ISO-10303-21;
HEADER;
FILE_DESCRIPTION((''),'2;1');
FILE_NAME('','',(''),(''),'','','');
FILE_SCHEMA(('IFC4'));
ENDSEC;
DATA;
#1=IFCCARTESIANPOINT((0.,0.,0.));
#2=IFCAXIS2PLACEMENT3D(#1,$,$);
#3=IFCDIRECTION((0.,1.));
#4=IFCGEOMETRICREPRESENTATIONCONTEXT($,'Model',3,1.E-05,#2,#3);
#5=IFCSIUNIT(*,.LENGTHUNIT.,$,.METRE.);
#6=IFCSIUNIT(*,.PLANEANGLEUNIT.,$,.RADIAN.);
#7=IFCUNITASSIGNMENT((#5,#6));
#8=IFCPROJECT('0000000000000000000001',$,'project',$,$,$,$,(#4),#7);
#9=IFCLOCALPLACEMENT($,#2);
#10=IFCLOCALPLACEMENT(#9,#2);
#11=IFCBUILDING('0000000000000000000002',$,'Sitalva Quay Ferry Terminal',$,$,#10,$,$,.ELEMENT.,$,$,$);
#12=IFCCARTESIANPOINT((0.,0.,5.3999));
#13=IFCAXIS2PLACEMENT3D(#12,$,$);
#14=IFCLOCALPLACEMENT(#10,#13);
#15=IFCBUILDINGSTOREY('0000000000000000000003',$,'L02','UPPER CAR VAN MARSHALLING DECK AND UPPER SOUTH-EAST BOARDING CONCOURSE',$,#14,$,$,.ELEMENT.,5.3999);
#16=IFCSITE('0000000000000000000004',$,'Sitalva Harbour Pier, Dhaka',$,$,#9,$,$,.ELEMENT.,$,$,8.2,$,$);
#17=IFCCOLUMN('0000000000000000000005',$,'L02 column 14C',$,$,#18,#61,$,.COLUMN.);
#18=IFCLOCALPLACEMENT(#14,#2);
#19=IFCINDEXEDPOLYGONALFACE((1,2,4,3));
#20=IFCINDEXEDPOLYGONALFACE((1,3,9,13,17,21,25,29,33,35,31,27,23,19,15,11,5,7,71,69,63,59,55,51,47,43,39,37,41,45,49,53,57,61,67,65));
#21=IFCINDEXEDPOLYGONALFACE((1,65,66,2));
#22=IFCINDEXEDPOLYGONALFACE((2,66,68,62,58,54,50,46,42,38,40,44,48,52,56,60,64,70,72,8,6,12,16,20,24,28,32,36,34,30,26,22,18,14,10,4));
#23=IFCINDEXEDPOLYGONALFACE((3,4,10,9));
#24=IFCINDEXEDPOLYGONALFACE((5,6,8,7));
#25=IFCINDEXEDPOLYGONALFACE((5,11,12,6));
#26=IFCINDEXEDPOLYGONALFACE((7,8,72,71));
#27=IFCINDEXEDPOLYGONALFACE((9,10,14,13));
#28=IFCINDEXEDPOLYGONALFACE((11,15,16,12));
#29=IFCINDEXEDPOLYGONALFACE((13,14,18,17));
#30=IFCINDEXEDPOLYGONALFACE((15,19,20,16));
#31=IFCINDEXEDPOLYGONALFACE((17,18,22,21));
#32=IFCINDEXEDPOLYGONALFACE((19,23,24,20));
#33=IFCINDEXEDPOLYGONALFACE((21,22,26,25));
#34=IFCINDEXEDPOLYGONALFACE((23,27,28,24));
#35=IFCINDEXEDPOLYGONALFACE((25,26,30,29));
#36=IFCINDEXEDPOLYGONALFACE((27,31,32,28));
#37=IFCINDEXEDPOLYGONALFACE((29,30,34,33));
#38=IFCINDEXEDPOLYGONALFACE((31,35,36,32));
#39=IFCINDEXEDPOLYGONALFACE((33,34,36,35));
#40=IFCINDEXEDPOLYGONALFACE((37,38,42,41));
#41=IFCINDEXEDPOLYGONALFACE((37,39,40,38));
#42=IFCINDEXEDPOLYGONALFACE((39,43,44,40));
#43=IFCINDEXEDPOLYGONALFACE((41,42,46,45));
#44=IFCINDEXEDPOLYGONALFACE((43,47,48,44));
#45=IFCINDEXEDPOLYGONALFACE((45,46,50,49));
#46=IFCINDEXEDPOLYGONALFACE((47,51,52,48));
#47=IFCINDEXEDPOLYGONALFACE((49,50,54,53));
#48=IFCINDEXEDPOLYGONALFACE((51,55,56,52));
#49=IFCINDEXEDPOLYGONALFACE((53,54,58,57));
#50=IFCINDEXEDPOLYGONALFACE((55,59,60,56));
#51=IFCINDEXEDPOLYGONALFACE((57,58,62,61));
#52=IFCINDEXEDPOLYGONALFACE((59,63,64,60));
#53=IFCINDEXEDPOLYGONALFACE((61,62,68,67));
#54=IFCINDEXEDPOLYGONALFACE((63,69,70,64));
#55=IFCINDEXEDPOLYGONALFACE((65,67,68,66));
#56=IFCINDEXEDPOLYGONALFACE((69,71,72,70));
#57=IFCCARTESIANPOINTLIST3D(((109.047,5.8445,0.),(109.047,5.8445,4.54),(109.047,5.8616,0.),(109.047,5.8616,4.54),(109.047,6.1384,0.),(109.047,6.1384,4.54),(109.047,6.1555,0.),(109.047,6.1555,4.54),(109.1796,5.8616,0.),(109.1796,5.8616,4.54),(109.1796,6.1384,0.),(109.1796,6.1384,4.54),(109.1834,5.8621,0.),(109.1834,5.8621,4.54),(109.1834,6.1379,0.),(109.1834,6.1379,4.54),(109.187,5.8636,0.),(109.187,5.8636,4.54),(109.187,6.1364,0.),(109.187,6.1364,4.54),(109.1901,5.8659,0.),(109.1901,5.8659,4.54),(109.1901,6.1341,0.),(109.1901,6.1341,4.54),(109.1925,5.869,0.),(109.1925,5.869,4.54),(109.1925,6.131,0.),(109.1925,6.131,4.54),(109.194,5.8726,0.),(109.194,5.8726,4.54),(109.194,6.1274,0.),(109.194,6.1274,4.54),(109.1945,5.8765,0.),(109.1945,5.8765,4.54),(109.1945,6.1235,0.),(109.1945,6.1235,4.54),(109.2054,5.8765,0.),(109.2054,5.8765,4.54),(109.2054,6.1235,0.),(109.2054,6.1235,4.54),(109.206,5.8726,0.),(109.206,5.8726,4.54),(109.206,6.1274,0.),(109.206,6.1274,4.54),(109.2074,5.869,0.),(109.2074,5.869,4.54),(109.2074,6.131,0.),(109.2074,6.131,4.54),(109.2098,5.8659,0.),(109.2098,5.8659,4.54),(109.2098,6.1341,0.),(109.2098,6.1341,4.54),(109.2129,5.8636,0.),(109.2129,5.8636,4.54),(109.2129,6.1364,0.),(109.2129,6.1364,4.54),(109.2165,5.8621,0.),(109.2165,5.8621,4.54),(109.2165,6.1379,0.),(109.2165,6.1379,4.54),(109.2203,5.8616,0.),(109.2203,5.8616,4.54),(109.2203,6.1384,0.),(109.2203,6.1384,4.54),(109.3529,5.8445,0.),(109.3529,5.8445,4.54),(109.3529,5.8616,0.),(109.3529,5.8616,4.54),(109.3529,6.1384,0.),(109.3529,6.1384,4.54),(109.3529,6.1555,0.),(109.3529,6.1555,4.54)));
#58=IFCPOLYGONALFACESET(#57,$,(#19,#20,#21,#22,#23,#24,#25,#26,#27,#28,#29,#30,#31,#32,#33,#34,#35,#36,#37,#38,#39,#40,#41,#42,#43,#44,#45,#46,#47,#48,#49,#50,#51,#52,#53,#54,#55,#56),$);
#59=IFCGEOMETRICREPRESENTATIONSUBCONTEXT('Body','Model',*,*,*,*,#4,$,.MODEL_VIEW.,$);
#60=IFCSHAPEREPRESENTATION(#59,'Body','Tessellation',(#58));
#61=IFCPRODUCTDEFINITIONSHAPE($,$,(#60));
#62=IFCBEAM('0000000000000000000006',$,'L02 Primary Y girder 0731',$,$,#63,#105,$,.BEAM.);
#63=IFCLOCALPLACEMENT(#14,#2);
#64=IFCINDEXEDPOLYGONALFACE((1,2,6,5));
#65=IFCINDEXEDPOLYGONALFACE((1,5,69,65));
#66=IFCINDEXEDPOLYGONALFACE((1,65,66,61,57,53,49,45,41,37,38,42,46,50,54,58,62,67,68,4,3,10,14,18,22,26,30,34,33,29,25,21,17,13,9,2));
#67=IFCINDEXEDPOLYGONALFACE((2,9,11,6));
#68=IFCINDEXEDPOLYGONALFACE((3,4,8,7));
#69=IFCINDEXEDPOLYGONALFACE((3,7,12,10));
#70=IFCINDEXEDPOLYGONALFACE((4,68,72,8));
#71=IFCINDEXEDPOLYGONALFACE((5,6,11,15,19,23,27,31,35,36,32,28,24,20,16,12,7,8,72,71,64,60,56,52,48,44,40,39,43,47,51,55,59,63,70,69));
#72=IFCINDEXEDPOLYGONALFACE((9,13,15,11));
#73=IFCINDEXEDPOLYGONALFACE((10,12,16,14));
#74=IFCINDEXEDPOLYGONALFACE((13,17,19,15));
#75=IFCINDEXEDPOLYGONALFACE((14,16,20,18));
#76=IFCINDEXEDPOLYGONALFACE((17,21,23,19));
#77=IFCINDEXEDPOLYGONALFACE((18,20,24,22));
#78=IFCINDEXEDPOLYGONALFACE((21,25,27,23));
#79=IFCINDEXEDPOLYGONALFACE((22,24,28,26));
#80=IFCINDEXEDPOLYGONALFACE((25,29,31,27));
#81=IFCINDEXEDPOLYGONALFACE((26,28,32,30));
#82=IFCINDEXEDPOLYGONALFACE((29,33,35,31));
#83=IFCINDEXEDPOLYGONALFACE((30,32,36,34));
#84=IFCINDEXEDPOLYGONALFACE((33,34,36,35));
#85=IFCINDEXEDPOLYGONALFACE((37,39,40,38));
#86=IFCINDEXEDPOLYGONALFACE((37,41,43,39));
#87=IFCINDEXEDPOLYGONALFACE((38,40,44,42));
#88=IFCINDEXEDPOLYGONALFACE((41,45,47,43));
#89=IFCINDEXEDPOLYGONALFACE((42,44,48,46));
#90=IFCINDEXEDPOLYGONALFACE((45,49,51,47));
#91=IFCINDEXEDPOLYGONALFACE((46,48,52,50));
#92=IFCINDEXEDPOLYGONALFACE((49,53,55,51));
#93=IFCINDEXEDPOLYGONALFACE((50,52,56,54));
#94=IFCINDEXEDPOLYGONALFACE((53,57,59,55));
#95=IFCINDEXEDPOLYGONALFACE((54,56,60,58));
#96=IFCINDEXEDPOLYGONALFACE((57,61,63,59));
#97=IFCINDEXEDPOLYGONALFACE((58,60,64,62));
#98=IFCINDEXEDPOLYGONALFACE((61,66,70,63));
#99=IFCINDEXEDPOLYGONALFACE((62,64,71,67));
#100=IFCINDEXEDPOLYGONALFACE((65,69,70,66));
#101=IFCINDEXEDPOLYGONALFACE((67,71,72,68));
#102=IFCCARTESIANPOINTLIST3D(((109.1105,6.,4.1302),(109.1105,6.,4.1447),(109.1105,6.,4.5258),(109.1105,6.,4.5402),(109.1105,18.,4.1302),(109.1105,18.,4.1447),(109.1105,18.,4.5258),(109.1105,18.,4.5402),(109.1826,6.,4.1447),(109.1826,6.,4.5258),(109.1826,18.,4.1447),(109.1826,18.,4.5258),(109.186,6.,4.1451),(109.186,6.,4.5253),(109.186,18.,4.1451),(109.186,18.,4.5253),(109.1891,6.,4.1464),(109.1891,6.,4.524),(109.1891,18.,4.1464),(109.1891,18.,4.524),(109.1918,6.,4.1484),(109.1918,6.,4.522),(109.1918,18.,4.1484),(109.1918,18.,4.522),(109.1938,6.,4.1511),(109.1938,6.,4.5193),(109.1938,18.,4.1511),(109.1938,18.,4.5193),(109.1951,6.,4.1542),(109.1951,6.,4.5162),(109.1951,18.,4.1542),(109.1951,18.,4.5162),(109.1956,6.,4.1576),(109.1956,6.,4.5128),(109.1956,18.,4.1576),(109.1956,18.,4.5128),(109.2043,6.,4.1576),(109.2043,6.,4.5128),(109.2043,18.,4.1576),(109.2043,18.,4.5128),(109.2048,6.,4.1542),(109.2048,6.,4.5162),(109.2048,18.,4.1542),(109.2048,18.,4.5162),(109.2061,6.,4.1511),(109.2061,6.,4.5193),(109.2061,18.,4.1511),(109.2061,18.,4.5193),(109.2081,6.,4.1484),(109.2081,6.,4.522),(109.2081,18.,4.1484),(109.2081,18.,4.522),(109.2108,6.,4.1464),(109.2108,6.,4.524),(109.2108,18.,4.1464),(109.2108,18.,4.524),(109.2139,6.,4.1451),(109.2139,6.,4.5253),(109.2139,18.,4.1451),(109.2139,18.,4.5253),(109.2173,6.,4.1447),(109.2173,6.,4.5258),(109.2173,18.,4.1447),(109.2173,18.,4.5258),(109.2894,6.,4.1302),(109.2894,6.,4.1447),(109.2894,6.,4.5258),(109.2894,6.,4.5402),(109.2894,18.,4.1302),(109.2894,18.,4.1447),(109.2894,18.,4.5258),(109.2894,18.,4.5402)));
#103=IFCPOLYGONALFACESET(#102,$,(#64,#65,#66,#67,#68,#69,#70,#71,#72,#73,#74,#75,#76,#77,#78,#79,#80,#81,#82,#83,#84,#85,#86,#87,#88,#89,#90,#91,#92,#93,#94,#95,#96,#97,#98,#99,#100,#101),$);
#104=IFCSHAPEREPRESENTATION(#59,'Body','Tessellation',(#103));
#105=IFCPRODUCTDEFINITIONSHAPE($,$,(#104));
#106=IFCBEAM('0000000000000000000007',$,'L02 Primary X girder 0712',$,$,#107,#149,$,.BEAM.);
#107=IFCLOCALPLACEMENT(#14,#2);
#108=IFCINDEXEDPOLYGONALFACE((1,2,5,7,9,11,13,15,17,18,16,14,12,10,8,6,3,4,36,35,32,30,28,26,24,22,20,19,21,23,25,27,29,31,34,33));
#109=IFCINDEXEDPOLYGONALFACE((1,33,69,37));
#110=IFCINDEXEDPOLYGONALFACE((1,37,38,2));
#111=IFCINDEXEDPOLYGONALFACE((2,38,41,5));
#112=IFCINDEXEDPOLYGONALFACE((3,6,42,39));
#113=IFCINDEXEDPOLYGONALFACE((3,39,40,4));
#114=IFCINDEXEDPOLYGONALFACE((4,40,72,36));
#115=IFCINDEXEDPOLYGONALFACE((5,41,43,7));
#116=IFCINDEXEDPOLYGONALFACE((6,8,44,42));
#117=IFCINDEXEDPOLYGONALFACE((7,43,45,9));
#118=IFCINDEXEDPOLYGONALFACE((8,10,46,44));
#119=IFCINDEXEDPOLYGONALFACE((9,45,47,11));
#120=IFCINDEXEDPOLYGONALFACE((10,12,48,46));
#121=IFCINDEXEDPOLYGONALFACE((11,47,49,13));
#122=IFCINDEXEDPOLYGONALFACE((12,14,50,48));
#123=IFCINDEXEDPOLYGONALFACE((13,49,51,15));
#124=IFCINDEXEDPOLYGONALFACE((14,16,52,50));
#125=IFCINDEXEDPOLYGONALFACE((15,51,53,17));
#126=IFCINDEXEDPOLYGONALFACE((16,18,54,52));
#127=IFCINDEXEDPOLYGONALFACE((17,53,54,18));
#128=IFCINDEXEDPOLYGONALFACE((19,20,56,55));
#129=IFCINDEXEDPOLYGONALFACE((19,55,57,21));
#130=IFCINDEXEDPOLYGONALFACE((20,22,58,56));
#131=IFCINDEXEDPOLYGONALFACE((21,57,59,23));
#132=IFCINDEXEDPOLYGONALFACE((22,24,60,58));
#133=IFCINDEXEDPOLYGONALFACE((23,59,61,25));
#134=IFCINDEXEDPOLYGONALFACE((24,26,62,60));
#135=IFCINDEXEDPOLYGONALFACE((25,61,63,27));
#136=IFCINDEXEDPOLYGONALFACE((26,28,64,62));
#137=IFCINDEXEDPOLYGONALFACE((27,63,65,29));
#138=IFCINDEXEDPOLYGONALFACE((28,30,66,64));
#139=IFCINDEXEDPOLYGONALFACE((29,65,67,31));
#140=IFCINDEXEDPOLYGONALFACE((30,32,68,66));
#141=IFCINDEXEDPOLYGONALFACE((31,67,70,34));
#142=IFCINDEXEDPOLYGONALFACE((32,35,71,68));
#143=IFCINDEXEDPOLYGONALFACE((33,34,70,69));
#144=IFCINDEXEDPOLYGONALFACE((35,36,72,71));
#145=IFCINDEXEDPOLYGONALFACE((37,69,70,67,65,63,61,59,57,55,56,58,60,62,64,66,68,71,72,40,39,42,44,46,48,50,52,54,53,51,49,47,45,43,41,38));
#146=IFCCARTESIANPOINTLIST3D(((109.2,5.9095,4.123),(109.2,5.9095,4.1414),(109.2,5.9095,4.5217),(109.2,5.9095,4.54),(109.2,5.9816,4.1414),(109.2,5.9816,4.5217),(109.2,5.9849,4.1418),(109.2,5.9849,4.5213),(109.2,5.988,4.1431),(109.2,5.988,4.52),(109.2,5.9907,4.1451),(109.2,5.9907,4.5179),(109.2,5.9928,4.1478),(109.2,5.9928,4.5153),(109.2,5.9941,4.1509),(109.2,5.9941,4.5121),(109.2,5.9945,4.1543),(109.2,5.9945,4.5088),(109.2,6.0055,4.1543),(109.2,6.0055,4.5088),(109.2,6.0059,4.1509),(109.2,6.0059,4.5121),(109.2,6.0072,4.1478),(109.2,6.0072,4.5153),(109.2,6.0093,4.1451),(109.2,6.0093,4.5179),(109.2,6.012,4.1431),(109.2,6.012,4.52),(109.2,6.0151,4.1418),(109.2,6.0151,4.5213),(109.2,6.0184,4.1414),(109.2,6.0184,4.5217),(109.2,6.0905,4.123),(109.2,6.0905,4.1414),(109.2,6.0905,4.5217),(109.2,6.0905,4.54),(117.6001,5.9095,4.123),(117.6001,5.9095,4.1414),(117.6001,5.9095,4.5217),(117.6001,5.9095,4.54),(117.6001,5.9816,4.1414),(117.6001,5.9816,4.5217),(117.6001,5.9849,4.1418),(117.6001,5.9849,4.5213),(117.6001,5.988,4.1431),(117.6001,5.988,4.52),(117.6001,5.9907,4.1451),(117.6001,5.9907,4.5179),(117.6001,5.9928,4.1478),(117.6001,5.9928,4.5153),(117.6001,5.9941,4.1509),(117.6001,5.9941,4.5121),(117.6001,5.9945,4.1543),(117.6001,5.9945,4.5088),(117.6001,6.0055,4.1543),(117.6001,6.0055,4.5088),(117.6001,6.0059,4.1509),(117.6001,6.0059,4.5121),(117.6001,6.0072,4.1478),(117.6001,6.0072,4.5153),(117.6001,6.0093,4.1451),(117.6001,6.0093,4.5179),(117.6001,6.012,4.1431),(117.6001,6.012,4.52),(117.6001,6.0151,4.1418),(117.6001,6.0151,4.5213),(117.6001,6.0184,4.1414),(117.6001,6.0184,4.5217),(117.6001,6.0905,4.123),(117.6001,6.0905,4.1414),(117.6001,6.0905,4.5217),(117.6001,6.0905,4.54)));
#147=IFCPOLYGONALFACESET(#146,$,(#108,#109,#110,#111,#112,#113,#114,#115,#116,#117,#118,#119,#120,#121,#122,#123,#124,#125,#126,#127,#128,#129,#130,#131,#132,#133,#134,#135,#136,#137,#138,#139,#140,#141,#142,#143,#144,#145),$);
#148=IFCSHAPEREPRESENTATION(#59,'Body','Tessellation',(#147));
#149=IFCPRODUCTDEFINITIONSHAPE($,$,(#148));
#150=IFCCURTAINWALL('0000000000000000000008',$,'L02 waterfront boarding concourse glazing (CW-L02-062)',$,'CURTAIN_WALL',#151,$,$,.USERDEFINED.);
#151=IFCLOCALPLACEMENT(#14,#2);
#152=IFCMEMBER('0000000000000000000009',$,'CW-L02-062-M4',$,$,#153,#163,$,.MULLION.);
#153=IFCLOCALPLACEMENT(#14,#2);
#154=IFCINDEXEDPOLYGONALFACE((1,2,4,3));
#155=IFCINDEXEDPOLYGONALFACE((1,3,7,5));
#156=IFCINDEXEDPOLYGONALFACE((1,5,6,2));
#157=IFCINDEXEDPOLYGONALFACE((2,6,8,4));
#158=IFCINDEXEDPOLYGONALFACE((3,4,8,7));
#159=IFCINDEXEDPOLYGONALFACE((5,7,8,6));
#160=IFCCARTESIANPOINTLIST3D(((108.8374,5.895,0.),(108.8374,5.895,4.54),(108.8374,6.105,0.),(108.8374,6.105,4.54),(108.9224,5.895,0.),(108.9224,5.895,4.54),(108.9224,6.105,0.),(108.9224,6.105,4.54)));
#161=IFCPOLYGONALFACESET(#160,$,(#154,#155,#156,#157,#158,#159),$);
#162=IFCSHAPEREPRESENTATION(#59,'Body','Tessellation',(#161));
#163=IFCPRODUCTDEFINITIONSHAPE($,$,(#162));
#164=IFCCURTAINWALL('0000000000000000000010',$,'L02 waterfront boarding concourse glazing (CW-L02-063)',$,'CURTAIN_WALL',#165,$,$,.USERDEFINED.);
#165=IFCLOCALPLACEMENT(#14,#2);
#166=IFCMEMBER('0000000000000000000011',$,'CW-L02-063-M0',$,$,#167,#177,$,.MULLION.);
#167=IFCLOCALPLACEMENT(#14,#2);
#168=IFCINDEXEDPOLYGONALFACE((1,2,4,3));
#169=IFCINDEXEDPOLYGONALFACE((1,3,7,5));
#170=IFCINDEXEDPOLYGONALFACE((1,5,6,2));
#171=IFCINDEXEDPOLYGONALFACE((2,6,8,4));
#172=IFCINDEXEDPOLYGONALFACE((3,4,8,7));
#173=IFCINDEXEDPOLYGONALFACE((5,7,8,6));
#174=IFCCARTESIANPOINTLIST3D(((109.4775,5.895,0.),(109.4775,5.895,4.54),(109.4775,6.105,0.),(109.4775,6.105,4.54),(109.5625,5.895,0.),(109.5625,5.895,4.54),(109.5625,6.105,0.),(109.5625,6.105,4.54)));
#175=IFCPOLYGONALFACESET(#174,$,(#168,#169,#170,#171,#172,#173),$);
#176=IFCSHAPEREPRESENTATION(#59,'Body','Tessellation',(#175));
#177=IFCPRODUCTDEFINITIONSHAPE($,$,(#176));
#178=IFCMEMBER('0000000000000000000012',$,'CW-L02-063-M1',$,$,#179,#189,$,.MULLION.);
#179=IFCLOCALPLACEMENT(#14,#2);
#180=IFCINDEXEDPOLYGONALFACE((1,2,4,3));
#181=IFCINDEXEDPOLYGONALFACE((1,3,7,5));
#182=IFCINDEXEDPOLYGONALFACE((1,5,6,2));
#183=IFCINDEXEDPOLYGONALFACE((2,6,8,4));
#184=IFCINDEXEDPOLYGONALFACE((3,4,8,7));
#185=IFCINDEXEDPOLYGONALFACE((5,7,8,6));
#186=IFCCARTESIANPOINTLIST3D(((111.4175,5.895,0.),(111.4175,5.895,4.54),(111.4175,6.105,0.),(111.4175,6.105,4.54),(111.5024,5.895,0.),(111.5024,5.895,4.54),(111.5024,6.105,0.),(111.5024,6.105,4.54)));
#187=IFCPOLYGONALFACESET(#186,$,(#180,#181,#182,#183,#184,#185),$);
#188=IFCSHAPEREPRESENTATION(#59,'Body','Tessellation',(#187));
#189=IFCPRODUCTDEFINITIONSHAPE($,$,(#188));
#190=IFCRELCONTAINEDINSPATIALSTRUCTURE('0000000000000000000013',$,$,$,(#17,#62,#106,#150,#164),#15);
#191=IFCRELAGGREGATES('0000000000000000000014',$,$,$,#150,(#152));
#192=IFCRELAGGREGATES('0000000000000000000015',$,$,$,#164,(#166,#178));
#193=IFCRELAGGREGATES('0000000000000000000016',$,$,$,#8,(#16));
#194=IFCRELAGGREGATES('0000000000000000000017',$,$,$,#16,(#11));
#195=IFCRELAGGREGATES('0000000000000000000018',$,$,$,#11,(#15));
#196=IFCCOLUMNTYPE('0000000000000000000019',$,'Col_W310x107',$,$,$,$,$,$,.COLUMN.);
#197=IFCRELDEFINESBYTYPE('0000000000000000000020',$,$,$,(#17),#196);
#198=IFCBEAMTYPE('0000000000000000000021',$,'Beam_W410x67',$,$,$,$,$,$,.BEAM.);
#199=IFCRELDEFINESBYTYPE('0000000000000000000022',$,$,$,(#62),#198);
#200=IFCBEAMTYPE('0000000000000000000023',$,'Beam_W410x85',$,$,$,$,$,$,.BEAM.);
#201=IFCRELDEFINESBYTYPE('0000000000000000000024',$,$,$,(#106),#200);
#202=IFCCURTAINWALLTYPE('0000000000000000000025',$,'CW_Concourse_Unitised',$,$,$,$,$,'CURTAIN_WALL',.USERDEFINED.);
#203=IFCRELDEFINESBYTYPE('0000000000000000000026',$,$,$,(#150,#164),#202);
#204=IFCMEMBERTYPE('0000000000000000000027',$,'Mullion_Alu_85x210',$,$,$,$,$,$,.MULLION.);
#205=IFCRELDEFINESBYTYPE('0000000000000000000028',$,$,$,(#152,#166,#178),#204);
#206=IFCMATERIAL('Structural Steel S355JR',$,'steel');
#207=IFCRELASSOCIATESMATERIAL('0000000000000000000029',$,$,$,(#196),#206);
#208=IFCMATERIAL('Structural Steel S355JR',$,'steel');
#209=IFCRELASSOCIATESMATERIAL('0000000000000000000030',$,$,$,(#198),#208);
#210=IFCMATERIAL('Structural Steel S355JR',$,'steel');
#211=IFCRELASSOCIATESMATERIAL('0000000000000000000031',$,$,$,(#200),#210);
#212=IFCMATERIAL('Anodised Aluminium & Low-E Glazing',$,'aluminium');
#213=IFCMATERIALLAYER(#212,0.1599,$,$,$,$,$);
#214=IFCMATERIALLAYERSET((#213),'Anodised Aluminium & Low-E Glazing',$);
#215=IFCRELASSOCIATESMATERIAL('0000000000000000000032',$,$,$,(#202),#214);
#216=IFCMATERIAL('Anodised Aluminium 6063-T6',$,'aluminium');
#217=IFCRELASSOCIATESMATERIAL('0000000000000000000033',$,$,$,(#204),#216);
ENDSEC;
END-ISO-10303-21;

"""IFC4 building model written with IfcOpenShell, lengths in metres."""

from ifc_helpers import new_model, si_unit, direction, frame, origin, origin_2d, place, context, subcontext, project, spatial, rectangle, i_section, extrude, material, layer, layer_set, material_profile, profile_set, type_object, element, aggregate, save


model = new_model("IFC4")

# Units and contexts
model_context = context("Model", 3, precision=1e-05, world=origin(), true_north=direction((0.0, 1.0)))
body_context = subcontext(model_context, "Body", "Model", "MODEL_VIEW")
ifc_project = project(units=[si_unit("LENGTHUNIT", "METRE"), si_unit("PLANEANGLEUNIT", "RADIAN")], contexts=[model_context])

# Site, building, storey
site_placement = place(None, origin())
site = spatial("IfcSite", under=ifc_project, at=site_placement, Name="Sitalva Harbour Pier, Dhaka", CompositionType="ELEMENT", RefElevation=8.2)
building_placement = place(site_placement, origin())
building = spatial("IfcBuilding", under=site, at=building_placement, Name="Sitalva Quay Ferry Terminal", CompositionType="ELEMENT")
storey_placement = place(building_placement, frame((0.0, 0.0, 5.3999)))
storey = spatial("IfcBuildingStorey", under=building, at=storey_placement, Name="L02", Description="UPPER CAR VAN MARSHALLING DECK AND UPPER SOUTH-EAST BOARDING CONCOURSE", CompositionType="ELEMENT", Elevation=5.3999)

# Column
ifc_material_1 = material(Name="Structural Steel S355JR", Category="steel")
ifc_material_profile_1 = material_profile(ifc_material_1, i_section(OverallWidth=0.3059, OverallDepth=0.311, WebThickness=0.011, FlangeThickness=0.0171, FilletRadius=0.0149, at=origin_2d()), Name="W310x107")
ifc_profile_set_1 = profile_set([ifc_material_profile_1], Name="Structural Steel S355JR")
column_type = type_object("IfcColumnType", Name="Col_W310x107", PredefinedType="COLUMN", material=ifc_profile_set_1)
column_placement = place(storey_placement, frame((109.2, 6.0, 0.0), z_axis=(0.0, 0.0, 1.0), x_axis=(1.0, 0.0, 0.0)))
element("IfcColumn", 1, at=column_placement, inside=storey, type_object=column_type, Name="L02 column 14C", PredefinedType="COLUMN", context=body_context, shape_type="SweptSolid", body=[
    extrude(i_section(OverallWidth=0.3059, OverallDepth=0.311, WebThickness=0.011, FlangeThickness=0.0171, FilletRadius=0.0149, at=origin_2d()), origin(), (0.0, 0.0, 1.0), 4.54),
])

# Beams
ifc_material_2 = material(Name="Structural Steel S355JR", Category="steel")
ifc_material_profile_2 = material_profile(ifc_material_2, i_section(OverallWidth=0.179, OverallDepth=0.4099, WebThickness=0.0088, FlangeThickness=0.0144, FilletRadius=0.0129, at=origin_2d()), Name="W410x67")
ifc_profile_set_2 = profile_set([ifc_material_profile_2], Name="Structural Steel S355JR")
beam_type_1 = type_object("IfcBeamType", Name="Beam_W410x67", PredefinedType="BEAM", material=ifc_profile_set_2)
beam_1_placement = place(storey_placement, frame((109.2, 6.0, 4.3352), z_axis=(0.0, 1.0, 0.0), x_axis=(-1.0, 0.0, 0.0)))
element("IfcBeam", 2, at=beam_1_placement, inside=storey, type_object=beam_type_1, Name="L02 Primary Y girder 0731", PredefinedType="BEAM", context=body_context, shape_type="SweptSolid", body=[
    extrude(i_section(OverallWidth=0.179, OverallDepth=0.4099, WebThickness=0.0088, FlangeThickness=0.0144, FilletRadius=0.0129, at=origin_2d()), origin(), (0.0, 0.0, 1.0), 12.0),
])
ifc_material_3 = material(Name="Structural Steel S355JR", Category="steel")
ifc_material_profile_3 = material_profile(ifc_material_3, i_section(OverallWidth=0.1809, OverallDepth=0.417, WebThickness=0.011, FlangeThickness=0.0183, FilletRadius=0.0129, at=origin_2d()), Name="W410x85")
ifc_profile_set_3 = profile_set([ifc_material_profile_3], Name="Structural Steel S355JR")
beam_type_2 = type_object("IfcBeamType", Name="Beam_W410x85", PredefinedType="BEAM", material=ifc_profile_set_3)
beam_2_placement = place(storey_placement, frame((109.2, 6.0, 4.3315), z_axis=(1.0, 0.0, 0.0), x_axis=(0.0, 1.0, 0.0)))
element("IfcBeam", 3, at=beam_2_placement, inside=storey, type_object=beam_type_2, Name="L02 Primary X girder 0712", PredefinedType="BEAM", context=body_context, shape_type="SweptSolid", body=[
    extrude(i_section(OverallWidth=0.1809, OverallDepth=0.417, WebThickness=0.011, FlangeThickness=0.0183, FilletRadius=0.0129, at=origin_2d()), origin(), (0.0, 0.0, 1.0), 8.4001),
])

# Curtain wall, member
ifc_material_4 = material(Name="Anodised Aluminium & Low-E Glazing", Category="aluminium")
ifc_layer_1 = layer(ifc_material_4, 0.1599)
ifc_layer_set_1 = layer_set([ifc_layer_1], Name="Anodised Aluminium & Low-E Glazing")
curtain_wall_type = type_object("IfcCurtainWallType", Name="CW_Concourse_Unitised", ElementType="CURTAIN_WALL", PredefinedType="USERDEFINED", material=ifc_layer_set_1)
curtain_wall_1_placement = place(storey_placement, origin())
curtain_wall_1 = element("IfcCurtainWall", 4, at=curtain_wall_1_placement, inside=storey, type_object=curtain_wall_type, Name="L02 waterfront boarding concourse glazing (CW-L02-062)", ObjectType="CURTAIN_WALL", PredefinedType="USERDEFINED")
ifc_material_5 = material(Name="Anodised Aluminium 6063-T6", Category="aluminium")
ifc_material_profile_4 = material_profile(ifc_material_5, rectangle(XDim=0.085, YDim=0.21, at=origin_2d()), Name="ALU85x210")
ifc_profile_set_4 = profile_set([ifc_material_profile_4], Name="Anodised Aluminium 6063-T6")
member_type_1 = type_object("IfcMemberType", Name="Mullion_Alu_85x210", PredefinedType="MULLION", material=ifc_profile_set_4)
member_1_placement = place(storey_placement, frame((108.8799, 6.0, 0.0), z_axis=(0.0, 0.0, 1.0), x_axis=(1.0, 0.0, 0.0)))
member_1 = element("IfcMember", 5, at=member_1_placement, type_object=member_type_1, Name="CW-L02-062-M4", PredefinedType="MULLION", context=body_context, shape_type="SweptSolid", body=[
    extrude(rectangle(XDim=0.085, YDim=0.21, at=origin_2d()), origin(), (0.0, 0.0, 1.0), 4.54),
])

# Curtain wall, members
curtain_wall_2_placement = place(storey_placement, origin())
curtain_wall_2 = element("IfcCurtainWall", 6, at=curtain_wall_2_placement, inside=storey, type_object=curtain_wall_type, Name="L02 waterfront boarding concourse glazing (CW-L02-063)", ObjectType="CURTAIN_WALL", PredefinedType="USERDEFINED")
member_2_placement = place(storey_placement, frame((109.52, 6.0, 0.0), z_axis=(0.0, 0.0, 1.0), x_axis=(1.0, 0.0, 0.0)))
member_2 = element("IfcMember", 7, at=member_2_placement, type_object=member_type_1, Name="CW-L02-063-M0", PredefinedType="MULLION", context=body_context, shape_type="SweptSolid", body=[
    extrude(rectangle(XDim=0.085, YDim=0.21, at=origin_2d()), origin(), (0.0, 0.0, 1.0), 4.54),
])
member_3_placement = place(storey_placement, frame((111.46, 6.0, 0.0), z_axis=(0.0, 0.0, 1.0), x_axis=(1.0, 0.0, 0.0)))
member_3 = element("IfcMember", 8, at=member_3_placement, type_object=member_type_1, Name="CW-L02-063-M1", PredefinedType="MULLION", context=body_context, shape_type="SweptSolid", body=[
    extrude(rectangle(XDim=0.085, YDim=0.21, at=origin_2d()), origin(), (0.0, 0.0, 1.0), 4.54),
])

aggregate(curtain_wall_1, [member_1])
aggregate(curtain_wall_2, [member_2, member_3])

save(model, "model.ifc")
